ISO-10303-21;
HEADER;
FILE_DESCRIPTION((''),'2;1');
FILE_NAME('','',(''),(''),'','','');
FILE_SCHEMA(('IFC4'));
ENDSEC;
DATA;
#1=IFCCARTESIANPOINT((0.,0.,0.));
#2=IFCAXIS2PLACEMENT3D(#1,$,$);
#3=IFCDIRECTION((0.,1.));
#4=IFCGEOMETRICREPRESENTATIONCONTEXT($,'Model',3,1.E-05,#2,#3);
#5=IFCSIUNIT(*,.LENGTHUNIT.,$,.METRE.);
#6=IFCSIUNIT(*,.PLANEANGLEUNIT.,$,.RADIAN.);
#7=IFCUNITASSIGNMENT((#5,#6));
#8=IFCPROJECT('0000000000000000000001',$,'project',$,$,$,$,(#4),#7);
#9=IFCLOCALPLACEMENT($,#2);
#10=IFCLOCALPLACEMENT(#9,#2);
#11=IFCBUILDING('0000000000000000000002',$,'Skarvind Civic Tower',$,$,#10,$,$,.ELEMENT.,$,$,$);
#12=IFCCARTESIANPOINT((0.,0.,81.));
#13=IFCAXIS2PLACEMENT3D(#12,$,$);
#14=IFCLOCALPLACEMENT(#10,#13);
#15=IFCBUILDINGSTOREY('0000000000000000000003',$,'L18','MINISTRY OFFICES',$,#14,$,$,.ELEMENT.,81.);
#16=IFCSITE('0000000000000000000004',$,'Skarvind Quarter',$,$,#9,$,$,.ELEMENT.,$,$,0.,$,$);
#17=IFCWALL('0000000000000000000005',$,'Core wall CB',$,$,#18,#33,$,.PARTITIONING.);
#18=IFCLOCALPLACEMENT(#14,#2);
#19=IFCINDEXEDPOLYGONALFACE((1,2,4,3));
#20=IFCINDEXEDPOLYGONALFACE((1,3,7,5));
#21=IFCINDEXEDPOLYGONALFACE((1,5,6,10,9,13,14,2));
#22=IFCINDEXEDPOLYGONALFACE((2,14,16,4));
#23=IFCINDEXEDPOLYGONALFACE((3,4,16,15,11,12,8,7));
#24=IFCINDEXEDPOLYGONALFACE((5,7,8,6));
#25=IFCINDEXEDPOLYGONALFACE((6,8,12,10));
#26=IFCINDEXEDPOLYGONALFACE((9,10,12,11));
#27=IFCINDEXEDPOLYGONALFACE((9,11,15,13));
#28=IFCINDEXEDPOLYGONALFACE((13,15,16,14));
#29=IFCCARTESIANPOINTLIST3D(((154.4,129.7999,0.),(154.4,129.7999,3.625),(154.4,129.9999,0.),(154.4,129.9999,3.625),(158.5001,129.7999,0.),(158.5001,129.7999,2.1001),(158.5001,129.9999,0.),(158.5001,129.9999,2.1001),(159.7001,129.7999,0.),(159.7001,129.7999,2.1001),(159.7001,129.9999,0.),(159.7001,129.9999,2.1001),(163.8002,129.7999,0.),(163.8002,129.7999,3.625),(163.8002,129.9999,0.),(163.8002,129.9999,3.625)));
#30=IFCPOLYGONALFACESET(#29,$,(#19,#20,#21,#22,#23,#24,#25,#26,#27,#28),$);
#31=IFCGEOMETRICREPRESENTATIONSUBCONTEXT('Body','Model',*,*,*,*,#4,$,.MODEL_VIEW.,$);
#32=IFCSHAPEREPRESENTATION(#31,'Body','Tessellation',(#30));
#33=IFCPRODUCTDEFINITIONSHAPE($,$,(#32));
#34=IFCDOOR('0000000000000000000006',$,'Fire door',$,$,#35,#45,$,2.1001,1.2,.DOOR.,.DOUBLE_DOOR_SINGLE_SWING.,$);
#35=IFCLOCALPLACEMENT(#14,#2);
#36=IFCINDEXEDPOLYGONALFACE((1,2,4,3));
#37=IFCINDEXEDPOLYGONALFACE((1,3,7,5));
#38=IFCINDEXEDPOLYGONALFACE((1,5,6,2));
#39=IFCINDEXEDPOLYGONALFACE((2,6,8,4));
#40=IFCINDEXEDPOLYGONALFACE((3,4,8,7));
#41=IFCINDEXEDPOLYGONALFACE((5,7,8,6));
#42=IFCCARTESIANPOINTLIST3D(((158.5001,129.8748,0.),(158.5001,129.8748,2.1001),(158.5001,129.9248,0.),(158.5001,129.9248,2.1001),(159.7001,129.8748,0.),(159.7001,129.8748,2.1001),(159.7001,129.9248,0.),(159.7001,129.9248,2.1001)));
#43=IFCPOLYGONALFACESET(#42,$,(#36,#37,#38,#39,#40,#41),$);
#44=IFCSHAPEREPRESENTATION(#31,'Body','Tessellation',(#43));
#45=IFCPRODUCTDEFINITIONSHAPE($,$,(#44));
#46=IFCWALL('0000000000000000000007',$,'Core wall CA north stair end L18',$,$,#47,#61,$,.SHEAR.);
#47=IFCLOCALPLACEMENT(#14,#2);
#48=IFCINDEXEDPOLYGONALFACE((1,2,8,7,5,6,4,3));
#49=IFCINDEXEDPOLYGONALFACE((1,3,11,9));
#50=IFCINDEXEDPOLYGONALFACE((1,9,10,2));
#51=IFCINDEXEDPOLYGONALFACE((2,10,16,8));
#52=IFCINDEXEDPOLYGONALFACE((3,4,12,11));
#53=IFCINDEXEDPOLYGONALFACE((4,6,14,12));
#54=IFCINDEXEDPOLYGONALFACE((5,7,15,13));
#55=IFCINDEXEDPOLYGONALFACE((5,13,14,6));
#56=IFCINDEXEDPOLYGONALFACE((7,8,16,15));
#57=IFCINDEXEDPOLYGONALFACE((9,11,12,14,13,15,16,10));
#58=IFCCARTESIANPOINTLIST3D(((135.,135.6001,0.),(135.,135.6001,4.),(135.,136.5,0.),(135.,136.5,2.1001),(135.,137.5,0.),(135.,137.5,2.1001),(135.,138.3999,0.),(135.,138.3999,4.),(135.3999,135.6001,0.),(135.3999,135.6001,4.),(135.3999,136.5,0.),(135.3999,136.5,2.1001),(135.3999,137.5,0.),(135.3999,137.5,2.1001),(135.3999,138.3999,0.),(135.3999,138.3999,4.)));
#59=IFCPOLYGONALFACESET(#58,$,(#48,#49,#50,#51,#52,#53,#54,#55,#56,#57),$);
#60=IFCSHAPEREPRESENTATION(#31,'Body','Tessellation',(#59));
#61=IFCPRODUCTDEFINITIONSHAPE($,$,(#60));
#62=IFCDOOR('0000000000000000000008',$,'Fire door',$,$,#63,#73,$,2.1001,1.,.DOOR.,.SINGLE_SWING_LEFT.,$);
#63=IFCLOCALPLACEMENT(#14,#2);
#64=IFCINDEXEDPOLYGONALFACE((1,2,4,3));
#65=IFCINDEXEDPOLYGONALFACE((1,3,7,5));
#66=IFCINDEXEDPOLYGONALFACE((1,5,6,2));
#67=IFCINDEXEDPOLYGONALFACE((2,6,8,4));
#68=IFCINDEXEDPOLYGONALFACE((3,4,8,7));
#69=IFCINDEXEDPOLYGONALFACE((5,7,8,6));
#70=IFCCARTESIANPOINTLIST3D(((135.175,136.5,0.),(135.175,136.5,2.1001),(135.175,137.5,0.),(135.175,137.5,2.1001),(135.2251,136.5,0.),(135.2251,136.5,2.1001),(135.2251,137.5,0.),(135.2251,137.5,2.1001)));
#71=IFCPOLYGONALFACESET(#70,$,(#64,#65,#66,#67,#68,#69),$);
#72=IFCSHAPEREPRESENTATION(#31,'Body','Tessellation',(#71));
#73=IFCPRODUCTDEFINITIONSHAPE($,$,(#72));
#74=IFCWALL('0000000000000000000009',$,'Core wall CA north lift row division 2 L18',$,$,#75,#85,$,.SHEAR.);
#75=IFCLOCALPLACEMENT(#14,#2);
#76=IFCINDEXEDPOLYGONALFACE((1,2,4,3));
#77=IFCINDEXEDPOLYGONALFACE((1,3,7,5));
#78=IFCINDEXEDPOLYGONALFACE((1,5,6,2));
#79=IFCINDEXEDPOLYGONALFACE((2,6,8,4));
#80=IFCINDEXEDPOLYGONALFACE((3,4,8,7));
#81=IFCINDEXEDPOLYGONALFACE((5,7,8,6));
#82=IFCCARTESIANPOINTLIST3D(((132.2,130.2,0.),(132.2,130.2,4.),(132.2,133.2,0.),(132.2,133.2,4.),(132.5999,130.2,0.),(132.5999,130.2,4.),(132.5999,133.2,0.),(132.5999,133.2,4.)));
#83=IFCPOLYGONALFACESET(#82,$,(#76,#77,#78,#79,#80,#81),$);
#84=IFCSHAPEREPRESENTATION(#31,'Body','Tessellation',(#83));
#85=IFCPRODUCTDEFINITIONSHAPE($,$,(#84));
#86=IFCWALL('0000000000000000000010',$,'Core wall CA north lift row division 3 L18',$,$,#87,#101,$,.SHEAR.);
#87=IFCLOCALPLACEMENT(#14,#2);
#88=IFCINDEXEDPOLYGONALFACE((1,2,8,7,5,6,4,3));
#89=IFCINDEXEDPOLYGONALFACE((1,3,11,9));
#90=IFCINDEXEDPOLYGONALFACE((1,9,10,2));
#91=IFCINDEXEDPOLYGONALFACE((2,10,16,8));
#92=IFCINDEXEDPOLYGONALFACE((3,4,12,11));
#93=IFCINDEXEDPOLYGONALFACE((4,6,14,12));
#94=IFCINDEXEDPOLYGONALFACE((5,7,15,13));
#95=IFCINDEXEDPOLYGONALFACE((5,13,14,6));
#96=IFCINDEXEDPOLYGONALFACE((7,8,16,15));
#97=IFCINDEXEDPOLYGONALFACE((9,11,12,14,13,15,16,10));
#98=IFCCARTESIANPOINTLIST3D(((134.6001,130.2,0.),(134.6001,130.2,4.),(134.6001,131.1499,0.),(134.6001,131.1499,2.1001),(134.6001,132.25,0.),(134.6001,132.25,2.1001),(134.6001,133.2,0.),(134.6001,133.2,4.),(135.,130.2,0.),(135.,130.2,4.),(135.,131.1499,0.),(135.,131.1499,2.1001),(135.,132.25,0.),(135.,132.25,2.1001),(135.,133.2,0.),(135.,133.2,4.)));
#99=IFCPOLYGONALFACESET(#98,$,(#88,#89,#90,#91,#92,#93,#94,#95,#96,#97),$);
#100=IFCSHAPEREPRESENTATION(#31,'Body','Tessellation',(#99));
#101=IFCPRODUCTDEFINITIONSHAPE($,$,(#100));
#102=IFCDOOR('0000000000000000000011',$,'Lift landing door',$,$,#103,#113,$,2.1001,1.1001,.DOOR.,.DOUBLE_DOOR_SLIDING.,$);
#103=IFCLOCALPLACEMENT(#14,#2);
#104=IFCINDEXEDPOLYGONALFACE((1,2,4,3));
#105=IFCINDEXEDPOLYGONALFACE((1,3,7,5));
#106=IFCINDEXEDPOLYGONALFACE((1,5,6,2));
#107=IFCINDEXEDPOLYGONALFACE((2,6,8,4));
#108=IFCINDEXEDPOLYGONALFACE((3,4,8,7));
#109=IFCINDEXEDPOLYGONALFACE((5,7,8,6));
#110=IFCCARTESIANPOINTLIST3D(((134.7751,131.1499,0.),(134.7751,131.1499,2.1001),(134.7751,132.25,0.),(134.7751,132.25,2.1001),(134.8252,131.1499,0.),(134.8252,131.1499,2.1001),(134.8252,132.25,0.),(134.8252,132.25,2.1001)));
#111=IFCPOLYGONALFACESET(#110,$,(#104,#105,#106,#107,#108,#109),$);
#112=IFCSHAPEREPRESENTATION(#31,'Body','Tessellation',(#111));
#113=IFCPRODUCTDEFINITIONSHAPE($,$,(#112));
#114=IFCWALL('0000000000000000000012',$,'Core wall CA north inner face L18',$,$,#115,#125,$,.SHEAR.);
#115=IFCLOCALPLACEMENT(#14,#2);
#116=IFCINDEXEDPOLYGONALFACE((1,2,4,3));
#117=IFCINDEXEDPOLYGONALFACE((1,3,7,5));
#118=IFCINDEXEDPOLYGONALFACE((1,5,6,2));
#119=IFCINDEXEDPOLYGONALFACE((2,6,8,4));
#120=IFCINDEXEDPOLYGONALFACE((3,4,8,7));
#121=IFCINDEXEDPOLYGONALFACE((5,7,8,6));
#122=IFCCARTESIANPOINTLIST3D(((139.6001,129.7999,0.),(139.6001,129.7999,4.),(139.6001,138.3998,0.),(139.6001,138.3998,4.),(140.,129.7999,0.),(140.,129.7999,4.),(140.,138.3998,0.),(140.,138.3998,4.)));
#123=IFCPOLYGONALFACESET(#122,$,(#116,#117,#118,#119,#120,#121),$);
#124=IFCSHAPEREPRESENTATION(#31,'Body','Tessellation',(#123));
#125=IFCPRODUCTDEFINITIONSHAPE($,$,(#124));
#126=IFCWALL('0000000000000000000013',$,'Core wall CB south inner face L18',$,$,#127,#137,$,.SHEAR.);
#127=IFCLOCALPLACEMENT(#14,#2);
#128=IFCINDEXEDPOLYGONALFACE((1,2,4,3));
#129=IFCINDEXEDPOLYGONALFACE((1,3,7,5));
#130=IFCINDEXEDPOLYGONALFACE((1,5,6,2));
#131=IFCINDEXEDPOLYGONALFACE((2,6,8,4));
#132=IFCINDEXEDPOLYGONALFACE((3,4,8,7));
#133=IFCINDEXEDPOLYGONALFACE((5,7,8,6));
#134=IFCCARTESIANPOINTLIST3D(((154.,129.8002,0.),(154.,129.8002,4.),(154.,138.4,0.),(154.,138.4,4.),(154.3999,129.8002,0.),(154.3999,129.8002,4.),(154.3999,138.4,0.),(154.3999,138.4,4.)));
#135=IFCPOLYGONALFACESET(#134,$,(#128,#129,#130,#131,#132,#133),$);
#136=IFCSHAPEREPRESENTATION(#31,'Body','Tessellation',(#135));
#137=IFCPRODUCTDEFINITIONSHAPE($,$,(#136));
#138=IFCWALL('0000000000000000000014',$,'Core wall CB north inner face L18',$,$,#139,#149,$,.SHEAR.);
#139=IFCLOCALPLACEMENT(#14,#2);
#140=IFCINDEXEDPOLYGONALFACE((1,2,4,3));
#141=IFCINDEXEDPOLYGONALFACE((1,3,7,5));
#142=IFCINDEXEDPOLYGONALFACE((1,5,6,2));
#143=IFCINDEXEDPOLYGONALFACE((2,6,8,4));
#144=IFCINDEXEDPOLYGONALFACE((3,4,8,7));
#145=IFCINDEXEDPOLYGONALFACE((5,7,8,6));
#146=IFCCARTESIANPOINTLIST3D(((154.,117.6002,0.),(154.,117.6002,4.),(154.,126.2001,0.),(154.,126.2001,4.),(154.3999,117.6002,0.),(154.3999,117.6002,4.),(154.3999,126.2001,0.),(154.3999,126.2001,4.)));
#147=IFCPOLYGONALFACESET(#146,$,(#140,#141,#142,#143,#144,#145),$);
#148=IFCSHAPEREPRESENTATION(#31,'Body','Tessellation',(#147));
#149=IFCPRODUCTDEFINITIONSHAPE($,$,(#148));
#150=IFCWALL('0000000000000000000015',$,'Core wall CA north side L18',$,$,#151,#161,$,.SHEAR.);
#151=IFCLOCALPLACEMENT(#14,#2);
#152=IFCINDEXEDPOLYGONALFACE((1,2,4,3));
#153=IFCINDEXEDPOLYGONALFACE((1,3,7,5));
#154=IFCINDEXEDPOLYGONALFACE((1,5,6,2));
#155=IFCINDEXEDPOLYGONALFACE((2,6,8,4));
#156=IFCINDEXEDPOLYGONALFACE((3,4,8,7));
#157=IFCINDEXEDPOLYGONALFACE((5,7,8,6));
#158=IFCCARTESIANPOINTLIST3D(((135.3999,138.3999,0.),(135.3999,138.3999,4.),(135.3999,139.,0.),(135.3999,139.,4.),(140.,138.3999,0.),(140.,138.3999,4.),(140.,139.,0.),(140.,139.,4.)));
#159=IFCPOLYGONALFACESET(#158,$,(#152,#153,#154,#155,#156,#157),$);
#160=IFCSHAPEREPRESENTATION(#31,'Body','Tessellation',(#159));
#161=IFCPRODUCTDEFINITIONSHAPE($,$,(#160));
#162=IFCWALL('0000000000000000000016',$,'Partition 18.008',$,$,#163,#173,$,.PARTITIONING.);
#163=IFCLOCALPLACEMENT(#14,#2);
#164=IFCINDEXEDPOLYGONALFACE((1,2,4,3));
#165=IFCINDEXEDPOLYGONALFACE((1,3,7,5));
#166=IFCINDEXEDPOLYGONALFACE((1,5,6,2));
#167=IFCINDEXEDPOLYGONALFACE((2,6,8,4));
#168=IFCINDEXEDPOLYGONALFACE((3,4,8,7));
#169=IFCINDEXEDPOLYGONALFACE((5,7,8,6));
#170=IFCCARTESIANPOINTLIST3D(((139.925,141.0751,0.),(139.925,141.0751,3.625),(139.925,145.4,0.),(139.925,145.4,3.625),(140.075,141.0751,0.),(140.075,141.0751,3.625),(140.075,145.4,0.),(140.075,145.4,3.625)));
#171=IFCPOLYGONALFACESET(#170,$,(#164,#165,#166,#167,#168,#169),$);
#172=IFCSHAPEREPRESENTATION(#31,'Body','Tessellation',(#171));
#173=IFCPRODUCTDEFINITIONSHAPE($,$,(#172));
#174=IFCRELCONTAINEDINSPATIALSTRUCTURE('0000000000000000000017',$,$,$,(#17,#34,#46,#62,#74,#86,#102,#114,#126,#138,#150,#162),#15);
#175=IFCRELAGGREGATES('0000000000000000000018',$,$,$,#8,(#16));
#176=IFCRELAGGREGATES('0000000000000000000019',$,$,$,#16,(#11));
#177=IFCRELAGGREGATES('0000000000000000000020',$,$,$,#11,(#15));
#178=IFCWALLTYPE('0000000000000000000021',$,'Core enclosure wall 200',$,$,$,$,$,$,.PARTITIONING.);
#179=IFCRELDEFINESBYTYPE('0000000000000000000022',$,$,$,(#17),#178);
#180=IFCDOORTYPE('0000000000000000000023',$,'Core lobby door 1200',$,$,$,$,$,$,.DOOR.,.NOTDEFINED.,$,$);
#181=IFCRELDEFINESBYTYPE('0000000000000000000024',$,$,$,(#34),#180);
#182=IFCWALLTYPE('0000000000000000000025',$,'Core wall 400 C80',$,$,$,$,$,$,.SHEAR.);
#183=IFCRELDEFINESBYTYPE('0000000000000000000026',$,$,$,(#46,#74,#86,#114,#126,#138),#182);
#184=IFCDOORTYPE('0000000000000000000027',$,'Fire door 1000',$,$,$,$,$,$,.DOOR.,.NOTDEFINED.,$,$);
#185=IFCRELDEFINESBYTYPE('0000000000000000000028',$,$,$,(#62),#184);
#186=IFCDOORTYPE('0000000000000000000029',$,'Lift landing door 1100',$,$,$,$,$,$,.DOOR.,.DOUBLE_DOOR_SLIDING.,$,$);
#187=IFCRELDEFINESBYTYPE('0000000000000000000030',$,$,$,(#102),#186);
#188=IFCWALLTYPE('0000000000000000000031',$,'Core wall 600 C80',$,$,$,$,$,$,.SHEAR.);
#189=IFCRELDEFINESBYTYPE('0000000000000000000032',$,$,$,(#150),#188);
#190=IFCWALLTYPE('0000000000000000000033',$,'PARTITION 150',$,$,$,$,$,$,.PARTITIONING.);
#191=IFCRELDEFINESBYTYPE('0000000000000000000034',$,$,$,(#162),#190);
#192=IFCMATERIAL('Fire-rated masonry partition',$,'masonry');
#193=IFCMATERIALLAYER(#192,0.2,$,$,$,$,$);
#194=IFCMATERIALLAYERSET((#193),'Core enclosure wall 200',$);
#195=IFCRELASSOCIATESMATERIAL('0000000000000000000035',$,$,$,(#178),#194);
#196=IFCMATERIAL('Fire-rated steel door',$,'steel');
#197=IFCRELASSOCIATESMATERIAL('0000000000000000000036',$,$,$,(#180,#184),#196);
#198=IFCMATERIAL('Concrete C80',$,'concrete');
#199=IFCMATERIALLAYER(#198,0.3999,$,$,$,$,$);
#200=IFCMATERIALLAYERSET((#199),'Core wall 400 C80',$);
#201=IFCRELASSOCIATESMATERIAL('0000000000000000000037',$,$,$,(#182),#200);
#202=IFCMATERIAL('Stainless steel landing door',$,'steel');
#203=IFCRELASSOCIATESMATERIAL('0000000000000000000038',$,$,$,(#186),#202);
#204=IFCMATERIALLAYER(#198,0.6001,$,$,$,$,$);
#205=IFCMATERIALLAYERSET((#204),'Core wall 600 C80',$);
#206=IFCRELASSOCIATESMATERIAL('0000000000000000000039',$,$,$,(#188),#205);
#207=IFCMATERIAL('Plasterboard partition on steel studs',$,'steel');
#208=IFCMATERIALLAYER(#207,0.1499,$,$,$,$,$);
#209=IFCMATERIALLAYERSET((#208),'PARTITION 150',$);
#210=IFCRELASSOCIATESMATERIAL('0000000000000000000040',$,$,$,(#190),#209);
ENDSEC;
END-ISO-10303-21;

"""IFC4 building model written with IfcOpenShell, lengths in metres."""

from ifc_helpers import new_model, si_unit, direction, frame, frame_2d, origin, place, context, subcontext, project, spatial, rectangle, extrude, material, layer, layer_set, type_object, element, fill, save


model = new_model("IFC4")

# Units and contexts
model_context = context("Model", 3, precision=1e-05, world=origin(), true_north=direction((0.0, 1.0)))
body_context = subcontext(model_context, "Body", "Model", "MODEL_VIEW")
ifc_project = project(units=[si_unit("LENGTHUNIT", "METRE"), si_unit("PLANEANGLEUNIT", "RADIAN")], contexts=[model_context])

# Site, building, storey
site_placement = place(None, origin())
site = spatial("IfcSite", under=ifc_project, at=site_placement, Name="Skarvind Quarter", CompositionType="ELEMENT", RefElevation=0.0)
building_placement = place(site_placement, origin())
building = spatial("IfcBuilding", under=site, at=building_placement, Name="Skarvind Civic Tower", CompositionType="ELEMENT")
storey_placement = place(building_placement, frame((0.0, 0.0, 81.0)))
storey = spatial("IfcBuildingStorey", under=building, at=storey_placement, Name="L18", Description="MINISTRY OFFICES", CompositionType="ELEMENT", Elevation=81.0)

# Walls, openings, doors
ifc_material_1 = material(Name="Fire-rated masonry partition", Category="masonry")
ifc_layer_1 = layer(ifc_material_1, 0.2)
ifc_layer_set_1 = layer_set([ifc_layer_1], Name="Core enclosure wall 200")
wall_type_1 = type_object("IfcWallType", Name="Core enclosure wall 200", PredefinedType="PARTITIONING", material=ifc_layer_set_1)
ifc_material_2 = material(Name="Fire-rated steel door", Category="steel")
door_type_1 = type_object("IfcDoorType", Name="Core lobby door 1200", OperationType="NOTDEFINED", PredefinedType="DOOR", material=ifc_material_2)
wall_1_placement = place(storey_placement, frame((154.3999, 129.8999, 0.0), z_axis=(0.0, 0.0, 1.0), x_axis=(1.0, 0.0, 0.0)))
wall_1 = element("IfcWall", 1, at=wall_1_placement, inside=storey, type_object=wall_type_1, Name="Core wall CB", PredefinedType="PARTITIONING", context=body_context, shape_type="SweptSolid", body=[
    extrude(rectangle(XDim=9.4001, YDim=0.2, at=frame_2d((4.7002, 0.0))), origin(), (0.0, 0.0, 1.0), 3.625),
])
opening_1_placement = place(wall_1_placement, frame((4.1001, 0.0, 0.0)))
opening_1 = element("IfcOpeningElement", 2, at=opening_1_placement, cuts=wall_1, PredefinedType="OPENING", context=body_context, shape_type="SweptSolid", body=[
    extrude(rectangle(XDim=1.2, YDim=2.1001, at=frame_2d((0.6001, 1.05))), frame((0.0, 0.1099, 0.0), z_axis=(0.0, -1.0, 0.0), x_axis=(1.0, 0.0, 0.0)), (0.0, 0.0, 1.0), 0.22),
])
door_1_placement = place(opening_1_placement, origin())
door_1 = element("IfcDoor", 3, at=door_1_placement, inside=storey, type_object=door_type_1, Name="Fire door", OperationType="DOUBLE_DOOR_SINGLE_SWING", OverallHeight=2.1001, OverallWidth=1.2, PredefinedType="DOOR", context=body_context, shape_type="SweptSolid", body=[
    extrude(rectangle(XDim=1.2, YDim=2.1001, at=frame_2d((0.6001, 1.05))), frame((0.0, 0.0249, 0.0), z_axis=(0.0, -1.0, 0.0), x_axis=(1.0, 0.0, 0.0)), (0.0, 0.0, 1.0), 0.05),
])
fill(opening_1, door_1)
ifc_material_3 = material(Name="Concrete C80", Category="concrete")
ifc_layer_2 = layer(ifc_material_3, 0.3999)
ifc_layer_set_2 = layer_set([ifc_layer_2], Name="Core wall 400 C80")
wall_type_2 = type_object("IfcWallType", Name="Core wall 400 C80", PredefinedType="SHEAR", material=ifc_layer_set_2)
wall_2_placement = place(storey_placement, frame((135.2, 135.6001, 0.0), z_axis=(0.0, 0.0, 1.0), x_axis=(0.0, 1.0, 0.0)))
wall_2 = element("IfcWall", 4, at=wall_2_placement, inside=storey, type_object=wall_type_2, Name="Core wall CA north stair end L18", PredefinedType="SHEAR", context=body_context, shape_type="SweptSolid", body=[
    extrude(rectangle(XDim=2.7998, YDim=0.3999, at=frame_2d((1.3999, 0.0))), origin(), (0.0, 0.0, 1.0), 4.0),
])
opening_2_placement = place(wall_2_placement, frame((0.8999, 0.0, 0.0)))
opening_2 = element("IfcOpeningElement", 5, at=opening_2_placement, cuts=wall_2, PredefinedType="OPENING", context=body_context, shape_type="SweptSolid", body=[
    extrude(rectangle(XDim=1.0, YDim=2.1001, at=frame_2d((0.5, 1.05))), frame((0.0, 0.21, 0.0), z_axis=(0.0, -1.0, 0.0), x_axis=(1.0, 0.0, 0.0)), (0.0, 0.0, 1.0), 0.4199),
])
door_type_2 = type_object("IfcDoorType", Name="Fire door 1000", OperationType="NOTDEFINED", PredefinedType="DOOR", material=ifc_material_2)
door_2_placement = place(opening_2_placement, origin())
door_2 = element("IfcDoor", 6, at=door_2_placement, inside=storey, type_object=door_type_2, Name="Fire door", OperationType="SINGLE_SWING_LEFT", OverallHeight=2.1001, OverallWidth=1.0, PredefinedType="DOOR", context=body_context, shape_type="SweptSolid", body=[
    extrude(rectangle(XDim=1.0, YDim=2.1001, at=frame_2d((0.5, 1.05))), frame((0.0, 0.0249, 0.0), z_axis=(0.0, -1.0, 0.0), x_axis=(1.0, 0.0, 0.0)), (0.0, 0.0, 1.0), 0.05),
])
fill(opening_2, door_2)

# Wall
wall_3_placement = place(storey_placement, frame((132.3999, 130.2, 0.0), z_axis=(0.0, 0.0, 1.0), x_axis=(0.0, 1.0, 0.0)))
element("IfcWall", 7, at=wall_3_placement, inside=storey, type_object=wall_type_2, Name="Core wall CA north lift row division 2 L18", PredefinedType="SHEAR", context=body_context, shape_type="SweptSolid", body=[
    extrude(rectangle(XDim=3.0, YDim=0.3999, at=frame_2d((1.5, 0.0))), origin(), (0.0, 0.0, 1.0), 4.0),
])

# Wall, opening, door
wall_4_placement = place(storey_placement, frame((134.8, 130.2, 0.0), z_axis=(0.0, 0.0, 1.0), x_axis=(0.0, 1.0, 0.0)))
wall_4 = element("IfcWall", 8, at=wall_4_placement, inside=storey, type_object=wall_type_2, Name="Core wall CA north lift row division 3 L18", PredefinedType="SHEAR", context=body_context, shape_type="SweptSolid", body=[
    extrude(rectangle(XDim=3.0, YDim=0.3999, at=frame_2d((1.5, 0.0))), origin(), (0.0, 0.0, 1.0), 4.0),
])
opening_3_placement = place(wall_4_placement, frame((0.95, 0.0, 0.0)))
opening_3 = element("IfcOpeningElement", 9, at=opening_3_placement, cuts=wall_4, PredefinedType="OPENING", context=body_context, shape_type="SweptSolid", body=[
    extrude(rectangle(XDim=1.1001, YDim=2.1001, at=frame_2d((0.55, 1.05))), frame((0.0, 0.21, 0.0), z_axis=(0.0, -1.0, 0.0), x_axis=(1.0, 0.0, 0.0)), (0.0, 0.0, 1.0), 0.4199),
])
ifc_material_4 = material(Name="Stainless steel landing door", Category="steel")
door_type_3 = type_object("IfcDoorType", Name="Lift landing door 1100", OperationType="DOUBLE_DOOR_SLIDING", PredefinedType="DOOR", material=ifc_material_4)
door_3_placement = place(opening_3_placement, origin())
door_3 = element("IfcDoor", 10, at=door_3_placement, inside=storey, type_object=door_type_3, Name="Lift landing door", OperationType="DOUBLE_DOOR_SLIDING", OverallHeight=2.1001, OverallWidth=1.1001, PredefinedType="DOOR", context=body_context, shape_type="SweptSolid", body=[
    extrude(rectangle(XDim=1.1001, YDim=2.1001, at=frame_2d((0.55, 1.05))), frame((0.0, 0.0249, 0.0), z_axis=(0.0, -1.0, 0.0), x_axis=(1.0, 0.0, 0.0)), (0.0, 0.0, 1.0), 0.05),
])
fill(opening_3, door_3)

# Walls
for number, where, z_axis, x_axis, name in (
    (11, (139.8, 129.8, 0.0), (0.0, 0.0, 1.0), (0.0, 1.0, 0.0), "Core wall CA north inner face L18"),
    (12, (154.2, 138.3999, 0.0), (0.0, 0.0, 1.0), (0.0, -1.0, 0.0), "Core wall CB south inner face L18"),
    (13, (154.2, 126.2, 0.0), (0.0, 0.0, 1.0), (0.0, -1.0, 0.0), "Core wall CB north inner face L18"),
):
    element("IfcWall", number, at=place(storey_placement, frame(where, z_axis=z_axis, x_axis=x_axis)), inside=storey, type_object=wall_type_2, Name=name, PredefinedType="SHEAR", context=body_context, shape_type="SweptSolid", body=[
        extrude(rectangle(XDim=8.5999, YDim=0.3999, at=frame_2d((4.2998, 0.0))), origin(), (0.0, 0.0, 1.0), 4.0),
    ])
ifc_layer_3 = layer(ifc_material_3, 0.6001)
ifc_layer_set_3 = layer_set([ifc_layer_3], Name="Core wall 600 C80")
wall_type_3 = type_object("IfcWallType", Name="Core wall 600 C80", PredefinedType="SHEAR", material=ifc_layer_set_3)
wall_5_placement = place(storey_placement, frame((135.3999, 138.7, 0.0), z_axis=(0.0, 0.0, 1.0), x_axis=(1.0, 0.0, 0.0)))
element("IfcWall", 14, at=wall_5_placement, inside=storey, type_object=wall_type_3, Name="Core wall CA north side L18", PredefinedType="SHEAR", context=body_context, shape_type="SweptSolid", body=[
    extrude(rectangle(XDim=4.6001, YDim=0.6001, at=frame_2d((2.3, 0.0))), origin(), (0.0, 0.0, 1.0), 4.0),
])
ifc_material_5 = material(Name="Plasterboard partition on steel studs", Category="steel")
ifc_layer_4 = layer(ifc_material_5, 0.1499)
ifc_layer_set_4 = layer_set([ifc_layer_4], Name="PARTITION 150")
wall_type_4 = type_object("IfcWallType", Name="PARTITION 150", PredefinedType="PARTITIONING", material=ifc_layer_set_4)
wall_6_placement = place(storey_placement, frame((140.0, 141.075, 0.0), z_axis=(0.0, 0.0, 1.0), x_axis=(0.0, 1.0, 0.0)))
element("IfcWall", 15, at=wall_6_placement, inside=storey, type_object=wall_type_4, Name="Partition 18.008", PredefinedType="PARTITIONING", context=body_context, shape_type="SweptSolid", body=[
    extrude(rectangle(XDim=4.325, YDim=0.1499, at=frame_2d((2.1626, 0.0))), origin(), (0.0, 0.0, 1.0), 3.625),
])

save(model, "model.ifc")
